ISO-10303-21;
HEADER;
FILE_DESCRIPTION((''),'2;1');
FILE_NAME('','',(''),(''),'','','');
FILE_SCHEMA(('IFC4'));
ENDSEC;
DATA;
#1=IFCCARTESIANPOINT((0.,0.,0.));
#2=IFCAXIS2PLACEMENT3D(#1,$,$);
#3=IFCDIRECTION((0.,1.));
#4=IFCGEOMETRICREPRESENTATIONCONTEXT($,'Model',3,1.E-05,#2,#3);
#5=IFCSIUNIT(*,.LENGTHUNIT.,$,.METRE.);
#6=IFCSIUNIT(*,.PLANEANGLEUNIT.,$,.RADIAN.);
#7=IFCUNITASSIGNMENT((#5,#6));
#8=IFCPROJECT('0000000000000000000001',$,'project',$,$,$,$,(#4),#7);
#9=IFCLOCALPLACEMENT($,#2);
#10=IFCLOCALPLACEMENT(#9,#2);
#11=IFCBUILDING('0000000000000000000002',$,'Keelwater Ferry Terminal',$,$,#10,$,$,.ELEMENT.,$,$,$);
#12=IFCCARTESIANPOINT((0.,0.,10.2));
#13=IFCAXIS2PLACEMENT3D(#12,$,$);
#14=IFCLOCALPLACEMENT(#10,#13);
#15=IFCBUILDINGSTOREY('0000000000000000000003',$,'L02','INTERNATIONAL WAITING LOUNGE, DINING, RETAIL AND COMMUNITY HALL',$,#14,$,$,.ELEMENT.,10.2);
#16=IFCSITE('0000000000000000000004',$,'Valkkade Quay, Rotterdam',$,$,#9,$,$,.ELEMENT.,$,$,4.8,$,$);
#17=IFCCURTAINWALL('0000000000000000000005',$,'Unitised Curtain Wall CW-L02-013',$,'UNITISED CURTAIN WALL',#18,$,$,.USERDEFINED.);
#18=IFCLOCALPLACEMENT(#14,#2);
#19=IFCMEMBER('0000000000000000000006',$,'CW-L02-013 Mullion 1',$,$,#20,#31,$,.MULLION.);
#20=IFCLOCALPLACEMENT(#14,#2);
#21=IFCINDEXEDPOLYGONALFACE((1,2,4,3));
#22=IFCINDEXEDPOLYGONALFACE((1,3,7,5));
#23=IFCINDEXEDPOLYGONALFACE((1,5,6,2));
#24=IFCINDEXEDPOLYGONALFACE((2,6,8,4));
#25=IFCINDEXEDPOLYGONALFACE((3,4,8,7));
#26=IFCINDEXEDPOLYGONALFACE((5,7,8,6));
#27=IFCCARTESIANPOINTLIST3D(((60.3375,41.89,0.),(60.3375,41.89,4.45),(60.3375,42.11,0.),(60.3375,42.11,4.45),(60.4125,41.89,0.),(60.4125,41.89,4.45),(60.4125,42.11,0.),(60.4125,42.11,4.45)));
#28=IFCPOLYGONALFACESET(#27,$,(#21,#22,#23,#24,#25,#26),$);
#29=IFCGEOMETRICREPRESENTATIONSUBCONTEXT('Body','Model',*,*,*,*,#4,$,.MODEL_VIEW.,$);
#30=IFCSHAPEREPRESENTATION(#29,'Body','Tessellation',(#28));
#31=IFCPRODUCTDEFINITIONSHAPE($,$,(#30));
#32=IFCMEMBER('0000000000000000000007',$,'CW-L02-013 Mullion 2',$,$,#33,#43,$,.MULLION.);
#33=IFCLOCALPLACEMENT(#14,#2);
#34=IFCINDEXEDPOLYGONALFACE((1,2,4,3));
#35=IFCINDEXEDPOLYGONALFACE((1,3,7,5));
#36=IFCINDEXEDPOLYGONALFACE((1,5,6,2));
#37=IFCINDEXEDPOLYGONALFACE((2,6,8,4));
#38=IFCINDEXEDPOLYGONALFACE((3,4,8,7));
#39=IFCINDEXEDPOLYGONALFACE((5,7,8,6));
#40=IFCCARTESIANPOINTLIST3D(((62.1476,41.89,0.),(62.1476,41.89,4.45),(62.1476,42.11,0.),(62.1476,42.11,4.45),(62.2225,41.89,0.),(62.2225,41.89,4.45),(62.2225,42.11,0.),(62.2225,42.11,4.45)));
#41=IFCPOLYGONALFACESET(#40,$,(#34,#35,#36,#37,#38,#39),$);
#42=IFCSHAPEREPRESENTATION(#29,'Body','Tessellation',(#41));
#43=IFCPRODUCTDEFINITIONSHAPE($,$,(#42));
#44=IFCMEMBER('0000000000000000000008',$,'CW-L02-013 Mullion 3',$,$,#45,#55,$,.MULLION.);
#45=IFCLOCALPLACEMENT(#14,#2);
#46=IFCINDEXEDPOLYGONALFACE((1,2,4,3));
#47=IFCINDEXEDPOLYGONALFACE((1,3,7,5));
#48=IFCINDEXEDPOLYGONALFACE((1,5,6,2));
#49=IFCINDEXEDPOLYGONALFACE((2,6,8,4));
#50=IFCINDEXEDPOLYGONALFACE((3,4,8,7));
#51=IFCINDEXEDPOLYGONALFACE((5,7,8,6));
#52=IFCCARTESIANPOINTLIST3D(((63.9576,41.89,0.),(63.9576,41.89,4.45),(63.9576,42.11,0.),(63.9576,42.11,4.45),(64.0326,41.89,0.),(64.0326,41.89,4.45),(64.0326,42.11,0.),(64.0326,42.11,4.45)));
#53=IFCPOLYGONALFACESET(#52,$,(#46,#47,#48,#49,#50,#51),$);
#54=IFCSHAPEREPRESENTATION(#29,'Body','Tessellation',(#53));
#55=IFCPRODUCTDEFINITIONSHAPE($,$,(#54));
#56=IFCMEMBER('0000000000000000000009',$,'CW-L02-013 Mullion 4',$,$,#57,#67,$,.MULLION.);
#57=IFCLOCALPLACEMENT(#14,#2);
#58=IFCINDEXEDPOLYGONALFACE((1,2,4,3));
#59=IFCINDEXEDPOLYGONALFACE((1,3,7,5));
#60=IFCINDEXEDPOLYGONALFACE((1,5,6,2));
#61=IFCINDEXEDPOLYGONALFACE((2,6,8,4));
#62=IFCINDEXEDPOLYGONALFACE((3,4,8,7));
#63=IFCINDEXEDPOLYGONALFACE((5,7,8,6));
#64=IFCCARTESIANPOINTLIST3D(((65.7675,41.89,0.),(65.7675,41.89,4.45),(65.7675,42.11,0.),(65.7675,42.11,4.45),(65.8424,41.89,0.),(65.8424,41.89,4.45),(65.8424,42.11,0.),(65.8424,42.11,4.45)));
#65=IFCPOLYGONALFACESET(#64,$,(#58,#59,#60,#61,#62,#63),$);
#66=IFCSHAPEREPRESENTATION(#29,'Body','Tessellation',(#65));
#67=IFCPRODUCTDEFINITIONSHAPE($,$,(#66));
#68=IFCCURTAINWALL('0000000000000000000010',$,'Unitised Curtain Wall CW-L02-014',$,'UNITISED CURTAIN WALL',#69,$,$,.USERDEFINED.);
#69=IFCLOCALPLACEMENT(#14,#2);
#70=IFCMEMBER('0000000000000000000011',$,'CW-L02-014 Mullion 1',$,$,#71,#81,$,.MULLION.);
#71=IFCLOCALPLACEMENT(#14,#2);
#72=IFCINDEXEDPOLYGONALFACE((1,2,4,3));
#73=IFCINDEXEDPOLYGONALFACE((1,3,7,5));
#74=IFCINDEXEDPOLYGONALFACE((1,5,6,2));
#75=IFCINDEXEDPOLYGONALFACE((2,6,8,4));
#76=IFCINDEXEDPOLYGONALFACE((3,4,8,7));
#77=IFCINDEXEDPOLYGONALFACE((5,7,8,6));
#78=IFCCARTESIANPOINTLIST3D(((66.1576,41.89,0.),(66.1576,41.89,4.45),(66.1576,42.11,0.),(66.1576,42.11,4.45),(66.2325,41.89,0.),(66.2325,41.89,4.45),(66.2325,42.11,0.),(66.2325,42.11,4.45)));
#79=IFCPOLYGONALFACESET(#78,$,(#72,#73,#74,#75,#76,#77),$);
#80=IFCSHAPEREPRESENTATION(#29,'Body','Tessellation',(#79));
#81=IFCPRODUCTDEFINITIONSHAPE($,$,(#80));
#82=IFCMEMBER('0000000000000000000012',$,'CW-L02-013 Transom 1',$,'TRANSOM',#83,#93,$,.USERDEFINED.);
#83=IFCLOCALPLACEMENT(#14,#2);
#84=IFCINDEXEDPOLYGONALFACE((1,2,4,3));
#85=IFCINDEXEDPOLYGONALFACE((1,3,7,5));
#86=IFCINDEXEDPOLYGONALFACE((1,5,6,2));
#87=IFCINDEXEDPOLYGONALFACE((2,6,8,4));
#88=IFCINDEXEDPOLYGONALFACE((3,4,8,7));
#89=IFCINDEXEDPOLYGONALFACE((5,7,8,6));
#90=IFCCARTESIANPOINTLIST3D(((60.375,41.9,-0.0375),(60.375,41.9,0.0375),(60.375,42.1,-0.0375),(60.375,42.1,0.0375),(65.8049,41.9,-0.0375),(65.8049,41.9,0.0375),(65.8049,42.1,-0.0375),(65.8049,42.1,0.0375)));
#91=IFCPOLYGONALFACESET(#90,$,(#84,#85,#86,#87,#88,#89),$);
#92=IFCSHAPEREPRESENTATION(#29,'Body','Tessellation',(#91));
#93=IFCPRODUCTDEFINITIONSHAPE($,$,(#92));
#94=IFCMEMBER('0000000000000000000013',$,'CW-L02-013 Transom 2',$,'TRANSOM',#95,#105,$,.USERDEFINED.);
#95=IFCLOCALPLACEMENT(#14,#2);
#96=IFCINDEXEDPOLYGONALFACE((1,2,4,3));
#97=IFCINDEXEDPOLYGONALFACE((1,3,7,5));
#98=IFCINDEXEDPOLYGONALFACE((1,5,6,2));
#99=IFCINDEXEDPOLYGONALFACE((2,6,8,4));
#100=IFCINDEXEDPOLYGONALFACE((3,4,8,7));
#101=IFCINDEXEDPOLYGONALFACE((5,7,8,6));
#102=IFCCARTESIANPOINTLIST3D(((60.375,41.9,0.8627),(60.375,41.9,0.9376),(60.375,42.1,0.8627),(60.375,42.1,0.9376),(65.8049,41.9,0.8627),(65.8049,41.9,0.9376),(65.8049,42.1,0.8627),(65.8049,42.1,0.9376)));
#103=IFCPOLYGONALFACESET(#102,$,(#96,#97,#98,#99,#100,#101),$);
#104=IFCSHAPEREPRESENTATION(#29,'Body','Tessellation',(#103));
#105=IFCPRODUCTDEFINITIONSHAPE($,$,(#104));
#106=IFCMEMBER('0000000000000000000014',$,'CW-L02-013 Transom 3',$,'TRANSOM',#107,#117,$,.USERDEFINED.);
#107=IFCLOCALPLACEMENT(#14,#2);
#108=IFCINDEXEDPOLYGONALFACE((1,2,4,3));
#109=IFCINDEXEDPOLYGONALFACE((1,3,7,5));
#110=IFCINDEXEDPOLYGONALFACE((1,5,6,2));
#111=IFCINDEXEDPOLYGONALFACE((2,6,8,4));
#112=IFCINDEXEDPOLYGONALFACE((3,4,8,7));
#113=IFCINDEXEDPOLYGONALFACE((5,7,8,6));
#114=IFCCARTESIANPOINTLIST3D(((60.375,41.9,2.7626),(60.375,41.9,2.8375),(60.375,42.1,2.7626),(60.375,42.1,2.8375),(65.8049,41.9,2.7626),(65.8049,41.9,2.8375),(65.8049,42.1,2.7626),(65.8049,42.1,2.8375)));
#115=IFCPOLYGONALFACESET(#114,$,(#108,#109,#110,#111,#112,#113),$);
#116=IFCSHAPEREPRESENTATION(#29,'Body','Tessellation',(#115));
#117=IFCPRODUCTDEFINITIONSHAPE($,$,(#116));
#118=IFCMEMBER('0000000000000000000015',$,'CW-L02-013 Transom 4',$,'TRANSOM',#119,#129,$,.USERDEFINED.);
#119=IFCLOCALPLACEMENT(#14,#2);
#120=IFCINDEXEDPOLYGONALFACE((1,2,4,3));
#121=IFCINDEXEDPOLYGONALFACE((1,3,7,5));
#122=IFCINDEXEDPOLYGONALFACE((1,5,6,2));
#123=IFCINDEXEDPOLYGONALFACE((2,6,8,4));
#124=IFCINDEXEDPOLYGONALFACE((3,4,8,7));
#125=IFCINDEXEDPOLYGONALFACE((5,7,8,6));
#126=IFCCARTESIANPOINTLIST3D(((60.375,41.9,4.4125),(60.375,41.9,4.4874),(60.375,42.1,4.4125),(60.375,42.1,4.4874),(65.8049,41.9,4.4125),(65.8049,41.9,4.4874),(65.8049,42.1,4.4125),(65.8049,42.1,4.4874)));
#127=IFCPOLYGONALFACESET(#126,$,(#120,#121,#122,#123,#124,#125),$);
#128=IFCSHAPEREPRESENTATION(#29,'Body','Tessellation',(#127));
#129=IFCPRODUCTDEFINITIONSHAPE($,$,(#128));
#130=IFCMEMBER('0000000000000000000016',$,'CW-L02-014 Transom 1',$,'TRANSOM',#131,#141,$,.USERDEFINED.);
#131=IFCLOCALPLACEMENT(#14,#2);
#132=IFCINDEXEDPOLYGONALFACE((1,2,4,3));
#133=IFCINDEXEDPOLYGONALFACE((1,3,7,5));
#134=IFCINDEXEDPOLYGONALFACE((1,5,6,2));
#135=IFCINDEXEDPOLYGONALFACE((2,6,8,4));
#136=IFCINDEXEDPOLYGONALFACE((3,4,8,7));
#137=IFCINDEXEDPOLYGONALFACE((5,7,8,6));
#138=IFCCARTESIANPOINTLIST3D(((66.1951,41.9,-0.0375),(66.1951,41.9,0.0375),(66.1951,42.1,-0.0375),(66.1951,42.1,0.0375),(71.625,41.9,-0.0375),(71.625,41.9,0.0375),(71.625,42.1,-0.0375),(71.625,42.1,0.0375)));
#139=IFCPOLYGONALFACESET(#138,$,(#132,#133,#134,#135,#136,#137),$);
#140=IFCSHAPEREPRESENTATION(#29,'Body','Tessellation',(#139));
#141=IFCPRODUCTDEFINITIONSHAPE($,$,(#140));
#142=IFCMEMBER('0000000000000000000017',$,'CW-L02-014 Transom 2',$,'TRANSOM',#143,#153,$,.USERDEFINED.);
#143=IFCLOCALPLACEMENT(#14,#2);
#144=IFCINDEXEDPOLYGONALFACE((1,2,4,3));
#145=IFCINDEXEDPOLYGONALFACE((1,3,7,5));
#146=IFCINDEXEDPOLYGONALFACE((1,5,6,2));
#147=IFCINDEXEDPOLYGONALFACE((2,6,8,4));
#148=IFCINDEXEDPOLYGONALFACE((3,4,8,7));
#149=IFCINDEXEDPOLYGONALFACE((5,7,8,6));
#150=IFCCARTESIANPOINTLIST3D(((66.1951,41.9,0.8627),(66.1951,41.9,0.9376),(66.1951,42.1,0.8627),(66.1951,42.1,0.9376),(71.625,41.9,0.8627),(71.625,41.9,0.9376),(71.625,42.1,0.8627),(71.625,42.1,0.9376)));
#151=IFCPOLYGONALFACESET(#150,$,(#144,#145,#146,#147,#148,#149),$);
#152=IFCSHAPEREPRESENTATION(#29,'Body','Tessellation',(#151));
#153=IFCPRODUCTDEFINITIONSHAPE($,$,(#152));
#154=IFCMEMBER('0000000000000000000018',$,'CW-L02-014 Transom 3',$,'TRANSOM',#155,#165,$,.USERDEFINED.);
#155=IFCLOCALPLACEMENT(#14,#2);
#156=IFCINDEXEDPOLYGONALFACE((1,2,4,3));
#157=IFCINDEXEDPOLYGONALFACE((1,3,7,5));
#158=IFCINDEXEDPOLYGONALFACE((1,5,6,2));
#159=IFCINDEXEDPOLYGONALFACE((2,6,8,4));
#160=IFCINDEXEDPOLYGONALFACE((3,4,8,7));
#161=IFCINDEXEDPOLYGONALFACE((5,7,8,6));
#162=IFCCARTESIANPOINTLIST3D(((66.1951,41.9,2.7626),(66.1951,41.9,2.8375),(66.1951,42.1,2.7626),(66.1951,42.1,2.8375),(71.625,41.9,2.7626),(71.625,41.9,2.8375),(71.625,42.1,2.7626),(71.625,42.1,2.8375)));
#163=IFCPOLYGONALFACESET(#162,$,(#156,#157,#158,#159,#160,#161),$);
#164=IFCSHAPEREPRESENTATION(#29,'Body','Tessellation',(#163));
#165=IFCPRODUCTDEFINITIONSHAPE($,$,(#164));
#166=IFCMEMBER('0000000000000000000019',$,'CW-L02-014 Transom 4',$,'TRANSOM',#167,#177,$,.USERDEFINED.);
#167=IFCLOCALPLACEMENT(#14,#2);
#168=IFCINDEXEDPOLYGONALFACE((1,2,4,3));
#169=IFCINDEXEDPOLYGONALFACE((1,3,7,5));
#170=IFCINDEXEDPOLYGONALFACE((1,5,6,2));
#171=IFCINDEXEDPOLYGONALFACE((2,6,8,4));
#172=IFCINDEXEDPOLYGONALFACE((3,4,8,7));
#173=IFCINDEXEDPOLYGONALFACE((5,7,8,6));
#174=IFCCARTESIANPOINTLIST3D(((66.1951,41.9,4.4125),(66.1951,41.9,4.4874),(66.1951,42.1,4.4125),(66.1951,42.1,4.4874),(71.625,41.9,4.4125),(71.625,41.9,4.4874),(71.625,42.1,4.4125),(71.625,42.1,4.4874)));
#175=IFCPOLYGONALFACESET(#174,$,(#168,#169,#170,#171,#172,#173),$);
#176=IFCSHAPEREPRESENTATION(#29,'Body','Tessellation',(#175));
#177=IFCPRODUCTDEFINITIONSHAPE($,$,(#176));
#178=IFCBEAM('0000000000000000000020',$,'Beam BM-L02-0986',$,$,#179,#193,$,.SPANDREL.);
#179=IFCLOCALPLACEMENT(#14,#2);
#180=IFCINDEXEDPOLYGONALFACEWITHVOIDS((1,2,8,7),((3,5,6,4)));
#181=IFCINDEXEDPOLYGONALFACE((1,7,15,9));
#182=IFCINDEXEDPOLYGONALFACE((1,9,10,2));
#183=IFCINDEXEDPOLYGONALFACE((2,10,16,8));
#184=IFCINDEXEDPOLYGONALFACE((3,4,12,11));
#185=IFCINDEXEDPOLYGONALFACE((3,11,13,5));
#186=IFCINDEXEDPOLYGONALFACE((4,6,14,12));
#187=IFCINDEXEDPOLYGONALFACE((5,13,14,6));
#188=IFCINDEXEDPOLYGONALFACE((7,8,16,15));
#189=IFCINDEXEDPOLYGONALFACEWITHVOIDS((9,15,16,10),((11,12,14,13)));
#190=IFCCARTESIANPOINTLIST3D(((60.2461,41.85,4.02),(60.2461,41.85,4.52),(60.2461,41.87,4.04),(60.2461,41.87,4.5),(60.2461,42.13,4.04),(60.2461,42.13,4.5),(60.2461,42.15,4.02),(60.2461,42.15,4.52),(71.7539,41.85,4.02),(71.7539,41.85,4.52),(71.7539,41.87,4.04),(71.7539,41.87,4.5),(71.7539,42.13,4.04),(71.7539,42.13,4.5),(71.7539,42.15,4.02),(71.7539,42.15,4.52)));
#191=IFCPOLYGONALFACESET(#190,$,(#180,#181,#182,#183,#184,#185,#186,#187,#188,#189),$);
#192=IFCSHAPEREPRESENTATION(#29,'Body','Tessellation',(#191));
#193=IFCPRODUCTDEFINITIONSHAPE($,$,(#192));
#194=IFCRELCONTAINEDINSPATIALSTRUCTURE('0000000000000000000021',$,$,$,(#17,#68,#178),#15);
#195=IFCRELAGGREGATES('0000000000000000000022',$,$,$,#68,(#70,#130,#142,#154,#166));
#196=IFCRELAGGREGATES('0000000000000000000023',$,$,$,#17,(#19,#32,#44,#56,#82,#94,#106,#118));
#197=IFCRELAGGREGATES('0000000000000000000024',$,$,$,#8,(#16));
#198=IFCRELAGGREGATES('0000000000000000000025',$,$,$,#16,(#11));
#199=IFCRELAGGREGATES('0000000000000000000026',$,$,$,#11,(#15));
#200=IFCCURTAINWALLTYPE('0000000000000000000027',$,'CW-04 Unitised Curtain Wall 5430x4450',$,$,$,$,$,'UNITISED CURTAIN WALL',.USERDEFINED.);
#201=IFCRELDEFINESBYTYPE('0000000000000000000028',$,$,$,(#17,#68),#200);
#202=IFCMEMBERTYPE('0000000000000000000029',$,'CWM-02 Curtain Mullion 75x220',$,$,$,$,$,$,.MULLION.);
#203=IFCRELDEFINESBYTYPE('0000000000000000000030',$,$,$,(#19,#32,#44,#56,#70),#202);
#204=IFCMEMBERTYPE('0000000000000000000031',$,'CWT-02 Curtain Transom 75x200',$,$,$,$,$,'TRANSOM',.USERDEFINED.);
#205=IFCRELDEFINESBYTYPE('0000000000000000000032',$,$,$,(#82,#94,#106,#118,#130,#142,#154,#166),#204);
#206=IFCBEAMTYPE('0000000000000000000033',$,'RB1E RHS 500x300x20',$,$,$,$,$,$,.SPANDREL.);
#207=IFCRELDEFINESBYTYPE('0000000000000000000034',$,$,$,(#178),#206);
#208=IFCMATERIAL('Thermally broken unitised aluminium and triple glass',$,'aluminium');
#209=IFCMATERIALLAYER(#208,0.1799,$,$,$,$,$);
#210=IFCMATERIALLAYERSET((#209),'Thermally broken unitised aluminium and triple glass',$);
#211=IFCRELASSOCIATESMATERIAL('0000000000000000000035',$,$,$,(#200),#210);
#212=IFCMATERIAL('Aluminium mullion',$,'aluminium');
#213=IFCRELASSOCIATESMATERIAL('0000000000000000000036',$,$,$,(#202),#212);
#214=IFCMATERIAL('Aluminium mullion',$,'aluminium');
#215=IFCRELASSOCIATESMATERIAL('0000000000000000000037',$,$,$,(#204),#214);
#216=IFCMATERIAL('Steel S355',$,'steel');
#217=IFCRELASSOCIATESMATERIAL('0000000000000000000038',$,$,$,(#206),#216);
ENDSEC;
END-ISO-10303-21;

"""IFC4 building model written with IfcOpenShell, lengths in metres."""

from ifc_helpers import new_model, si_unit, direction, frame, origin, origin_2d, place, context, subcontext, project, spatial, rectangle, hollow_rectangle, extrude, material, layer, layer_set, material_profile, profile_set, type_object, element, aggregate, save


model = new_model("IFC4")

# Units and contexts
model_context = context("Model", 3, precision=1e-05, world=origin(), true_north=direction((0.0, 1.0)))
body_context = subcontext(model_context, "Body", "Model", "MODEL_VIEW")
ifc_project = project(units=[si_unit("LENGTHUNIT", "METRE"), si_unit("PLANEANGLEUNIT", "RADIAN")], contexts=[model_context])

# Site, building, storey
site_placement = place(None, origin())
site = spatial("IfcSite", under=ifc_project, at=site_placement, Name="Valkkade Quay, Rotterdam", CompositionType="ELEMENT", RefElevation=4.8)
building_placement = place(site_placement, origin())
building = spatial("IfcBuilding", under=site, at=building_placement, Name="Keelwater Ferry Terminal", CompositionType="ELEMENT")
storey_placement = place(building_placement, frame((0.0, 0.0, 10.2)))
storey = spatial("IfcBuildingStorey", under=building, at=storey_placement, Name="L02", Description="INTERNATIONAL WAITING LOUNGE, DINING, RETAIL AND COMMUNITY HALL", CompositionType="ELEMENT", Elevation=10.2)

# Curtain wall, members
ifc_material_1 = material(Name="Thermally broken unitised aluminium and triple glass", Category="aluminium")
ifc_layer_1 = layer(ifc_material_1, 0.1799)
ifc_layer_set_1 = layer_set([ifc_layer_1], Name="Thermally broken unitised aluminium and triple glass")
curtain_wall_type = type_object("IfcCurtainWallType", Name="CW-04 Unitised Curtain Wall 5430x4450", ElementType="UNITISED CURTAIN WALL", PredefinedType="USERDEFINED", material=ifc_layer_set_1)
curtain_wall_1_placement = place(storey_placement, origin())
curtain_wall_1 = element("IfcCurtainWall", 1, at=curtain_wall_1_placement, inside=storey, type_object=curtain_wall_type, Name="Unitised Curtain Wall CW-L02-013", ObjectType="UNITISED CURTAIN WALL", PredefinedType="USERDEFINED")
ifc_material_2 = material(Name="Aluminium mullion", Category="aluminium")
ifc_material_profile_1 = material_profile(ifc_material_2, rectangle(XDim=0.075, YDim=0.22, at=origin_2d()), Name="CWM-02")
ifc_profile_set_1 = profile_set([ifc_material_profile_1], Name="Aluminium mullion")
member_type_1 = type_object("IfcMemberType", Name="CWM-02 Curtain Mullion 75x220", PredefinedType="MULLION", material=ifc_profile_set_1)
member_1_placement = place(storey_placement, frame((60.375, 42.0, 0.0), z_axis=(0.0, 0.0, 1.0), x_axis=(1.0, 0.0, 0.0)))
member_1 = element("IfcMember", 2, at=member_1_placement, type_object=member_type_1, Name="CW-L02-013 Mullion 1", PredefinedType="MULLION", context=body_context, shape_type="SweptSolid", body=[
    extrude(rectangle(XDim=0.075, YDim=0.22, at=origin_2d()), origin(), (0.0, 0.0, 1.0), 4.45),
])
member_2_placement = place(storey_placement, frame((62.1851, 42.0, 0.0), z_axis=(0.0, 0.0, 1.0), x_axis=(1.0, 0.0, 0.0)))
member_2 = element("IfcMember", 3, at=member_2_placement, type_object=member_type_1, Name="CW-L02-013 Mullion 2", PredefinedType="MULLION", context=body_context, shape_type="SweptSolid", body=[
    extrude(rectangle(XDim=0.075, YDim=0.22, at=origin_2d()), origin(), (0.0, 0.0, 1.0), 4.45),
])
member_3_placement = place(storey_placement, frame((63.9951, 42.0, 0.0), z_axis=(0.0, 0.0, 1.0), x_axis=(1.0, 0.0, 0.0)))
member_3 = element("IfcMember", 4, at=member_3_placement, type_object=member_type_1, Name="CW-L02-013 Mullion 3", PredefinedType="MULLION", context=body_context, shape_type="SweptSolid", body=[
    extrude(rectangle(XDim=0.075, YDim=0.22, at=origin_2d()), origin(), (0.0, 0.0, 1.0), 4.45),
])
member_4_placement = place(storey_placement, frame((65.8049, 42.0, 0.0), z_axis=(0.0, 0.0, 1.0), x_axis=(1.0, 0.0, 0.0)))
member_4 = element("IfcMember", 5, at=member_4_placement, type_object=member_type_1, Name="CW-L02-013 Mullion 4", PredefinedType="MULLION", context=body_context, shape_type="SweptSolid", body=[
    extrude(rectangle(XDim=0.075, YDim=0.22, at=origin_2d()), origin(), (0.0, 0.0, 1.0), 4.45),
])

# Curtain wall, member
curtain_wall_2_placement = place(storey_placement, origin())
curtain_wall_2 = element("IfcCurtainWall", 6, at=curtain_wall_2_placement, inside=storey, type_object=curtain_wall_type, Name="Unitised Curtain Wall CW-L02-014", ObjectType="UNITISED CURTAIN WALL", PredefinedType="USERDEFINED")
member_5_placement = place(storey_placement, frame((66.1951, 42.0, 0.0), z_axis=(0.0, 0.0, 1.0), x_axis=(1.0, 0.0, 0.0)))
member_5 = element("IfcMember", 7, at=member_5_placement, type_object=member_type_1, Name="CW-L02-014 Mullion 1", PredefinedType="MULLION", context=body_context, shape_type="SweptSolid", body=[
    extrude(rectangle(XDim=0.075, YDim=0.22, at=origin_2d()), origin(), (0.0, 0.0, 1.0), 4.45),
])

# Members
ifc_material_3 = material(Name="Aluminium mullion", Category="aluminium")
ifc_material_profile_2 = material_profile(ifc_material_3, rectangle(XDim=0.2, YDim=0.075, at=origin_2d()), Name="CWT-02")
ifc_profile_set_2 = profile_set([ifc_material_profile_2], Name="Aluminium mullion")
member_type_2 = type_object("IfcMemberType", Name="CWT-02 Curtain Transom 75x200", ElementType="TRANSOM", PredefinedType="USERDEFINED", material=ifc_profile_set_2)
member_6_placement = place(storey_placement, frame((60.375, 42.0, 0.0), z_axis=(1.0, 0.0, 0.0), x_axis=(0.0, 1.0, 0.0)))
member_6 = element("IfcMember", 8, at=member_6_placement, type_object=member_type_2, Name="CW-L02-013 Transom 1", ObjectType="TRANSOM", PredefinedType="USERDEFINED", context=body_context, shape_type="SweptSolid", body=[
    extrude(rectangle(XDim=0.2, YDim=0.075, at=origin_2d()), origin(), (0.0, 0.0, 1.0), 5.4299),
])
member_7_placement = place(storey_placement, frame((60.375, 42.0, 0.9001), z_axis=(1.0, 0.0, 0.0), x_axis=(0.0, 1.0, 0.0)))
member_7 = element("IfcMember", 9, at=member_7_placement, type_object=member_type_2, Name="CW-L02-013 Transom 2", ObjectType="TRANSOM", PredefinedType="USERDEFINED", context=body_context, shape_type="SweptSolid", body=[
    extrude(rectangle(XDim=0.2, YDim=0.075, at=origin_2d()), origin(), (0.0, 0.0, 1.0), 5.4299),
])
member_8_placement = place(storey_placement, frame((60.375, 42.0, 2.8), z_axis=(1.0, 0.0, 0.0), x_axis=(0.0, 1.0, 0.0)))
member_8 = element("IfcMember", 10, at=member_8_placement, type_object=member_type_2, Name="CW-L02-013 Transom 3", ObjectType="TRANSOM", PredefinedType="USERDEFINED", context=body_context, shape_type="SweptSolid", body=[
    extrude(rectangle(XDim=0.2, YDim=0.075, at=origin_2d()), origin(), (0.0, 0.0, 1.0), 5.4299),
])
member_9_placement = place(storey_placement, frame((60.375, 42.0, 4.45), z_axis=(1.0, 0.0, 0.0), x_axis=(0.0, 1.0, 0.0)))
member_9 = element("IfcMember", 11, at=member_9_placement, type_object=member_type_2, Name="CW-L02-013 Transom 4", ObjectType="TRANSOM", PredefinedType="USERDEFINED", context=body_context, shape_type="SweptSolid", body=[
    extrude(rectangle(XDim=0.2, YDim=0.075, at=origin_2d()), origin(), (0.0, 0.0, 1.0), 5.4299),
])
member_10_placement = place(storey_placement, frame((66.1951, 42.0, 0.0), z_axis=(1.0, 0.0, 0.0), x_axis=(0.0, 1.0, 0.0)))
member_10 = element("IfcMember", 12, at=member_10_placement, type_object=member_type_2, Name="CW-L02-014 Transom 1", ObjectType="TRANSOM", PredefinedType="USERDEFINED", context=body_context, shape_type="SweptSolid", body=[
    extrude(rectangle(XDim=0.2, YDim=0.075, at=origin_2d()), origin(), (0.0, 0.0, 1.0), 5.4299),
])
member_11_placement = place(storey_placement, frame((66.1951, 42.0, 0.9001), z_axis=(1.0, 0.0, 0.0), x_axis=(0.0, 1.0, 0.0)))
member_11 = element("IfcMember", 13, at=member_11_placement, type_object=member_type_2, Name="CW-L02-014 Transom 2", ObjectType="TRANSOM", PredefinedType="USERDEFINED", context=body_context, shape_type="SweptSolid", body=[
    extrude(rectangle(XDim=0.2, YDim=0.075, at=origin_2d()), origin(), (0.0, 0.0, 1.0), 5.4299),
])
member_12_placement = place(storey_placement, frame((66.1951, 42.0, 2.8), z_axis=(1.0, 0.0, 0.0), x_axis=(0.0, 1.0, 0.0)))
member_12 = element("IfcMember", 14, at=member_12_placement, type_object=member_type_2, Name="CW-L02-014 Transom 3", ObjectType="TRANSOM", PredefinedType="USERDEFINED", context=body_context, shape_type="SweptSolid", body=[
    extrude(rectangle(XDim=0.2, YDim=0.075, at=origin_2d()), origin(), (0.0, 0.0, 1.0), 5.4299),
])
member_13_placement = place(storey_placement, frame((66.1951, 42.0, 4.45), z_axis=(1.0, 0.0, 0.0), x_axis=(0.0, 1.0, 0.0)))
member_13 = element("IfcMember", 15, at=member_13_placement, type_object=member_type_2, Name="CW-L02-014 Transom 4", ObjectType="TRANSOM", PredefinedType="USERDEFINED", context=body_context, shape_type="SweptSolid", body=[
    extrude(rectangle(XDim=0.2, YDim=0.075, at=origin_2d()), origin(), (0.0, 0.0, 1.0), 5.4299),
])

# Beam
ifc_material_4 = material(Name="Steel S355", Category="steel")
ifc_material_profile_3 = material_profile(ifc_material_4, hollow_rectangle(XDim=0.3, YDim=0.5, WallThickness=0.02, at=origin_2d()), Name="RHS 500x300x20")
ifc_profile_set_3 = profile_set([ifc_material_profile_3], Name="Steel S355")
beam_type = type_object("IfcBeamType", Name="RB1E RHS 500x300x20", PredefinedType="SPANDREL", material=ifc_profile_set_3)
beam_placement = place(storey_placement, frame((60.2461, 42.0, 4.27), z_axis=(1.0, 0.0, 0.0), x_axis=(0.0, 1.0, 0.0)))
element("IfcBeam", 16, at=beam_placement, inside=storey, type_object=beam_type, Name="Beam BM-L02-0986", PredefinedType="SPANDREL", context=body_context, shape_type="SweptSolid", body=[
    extrude(hollow_rectangle(XDim=0.3, YDim=0.5, WallThickness=0.02, at=origin_2d()), origin(), (0.0, 0.0, 1.0), 11.5078),
])

aggregate(curtain_wall_2, [member_5, member_10, member_11, member_12, member_13])
aggregate(curtain_wall_1, [member_1, member_2, member_3, member_4, member_6, member_7, member_8, member_9])

save(model, "model.ifc")
